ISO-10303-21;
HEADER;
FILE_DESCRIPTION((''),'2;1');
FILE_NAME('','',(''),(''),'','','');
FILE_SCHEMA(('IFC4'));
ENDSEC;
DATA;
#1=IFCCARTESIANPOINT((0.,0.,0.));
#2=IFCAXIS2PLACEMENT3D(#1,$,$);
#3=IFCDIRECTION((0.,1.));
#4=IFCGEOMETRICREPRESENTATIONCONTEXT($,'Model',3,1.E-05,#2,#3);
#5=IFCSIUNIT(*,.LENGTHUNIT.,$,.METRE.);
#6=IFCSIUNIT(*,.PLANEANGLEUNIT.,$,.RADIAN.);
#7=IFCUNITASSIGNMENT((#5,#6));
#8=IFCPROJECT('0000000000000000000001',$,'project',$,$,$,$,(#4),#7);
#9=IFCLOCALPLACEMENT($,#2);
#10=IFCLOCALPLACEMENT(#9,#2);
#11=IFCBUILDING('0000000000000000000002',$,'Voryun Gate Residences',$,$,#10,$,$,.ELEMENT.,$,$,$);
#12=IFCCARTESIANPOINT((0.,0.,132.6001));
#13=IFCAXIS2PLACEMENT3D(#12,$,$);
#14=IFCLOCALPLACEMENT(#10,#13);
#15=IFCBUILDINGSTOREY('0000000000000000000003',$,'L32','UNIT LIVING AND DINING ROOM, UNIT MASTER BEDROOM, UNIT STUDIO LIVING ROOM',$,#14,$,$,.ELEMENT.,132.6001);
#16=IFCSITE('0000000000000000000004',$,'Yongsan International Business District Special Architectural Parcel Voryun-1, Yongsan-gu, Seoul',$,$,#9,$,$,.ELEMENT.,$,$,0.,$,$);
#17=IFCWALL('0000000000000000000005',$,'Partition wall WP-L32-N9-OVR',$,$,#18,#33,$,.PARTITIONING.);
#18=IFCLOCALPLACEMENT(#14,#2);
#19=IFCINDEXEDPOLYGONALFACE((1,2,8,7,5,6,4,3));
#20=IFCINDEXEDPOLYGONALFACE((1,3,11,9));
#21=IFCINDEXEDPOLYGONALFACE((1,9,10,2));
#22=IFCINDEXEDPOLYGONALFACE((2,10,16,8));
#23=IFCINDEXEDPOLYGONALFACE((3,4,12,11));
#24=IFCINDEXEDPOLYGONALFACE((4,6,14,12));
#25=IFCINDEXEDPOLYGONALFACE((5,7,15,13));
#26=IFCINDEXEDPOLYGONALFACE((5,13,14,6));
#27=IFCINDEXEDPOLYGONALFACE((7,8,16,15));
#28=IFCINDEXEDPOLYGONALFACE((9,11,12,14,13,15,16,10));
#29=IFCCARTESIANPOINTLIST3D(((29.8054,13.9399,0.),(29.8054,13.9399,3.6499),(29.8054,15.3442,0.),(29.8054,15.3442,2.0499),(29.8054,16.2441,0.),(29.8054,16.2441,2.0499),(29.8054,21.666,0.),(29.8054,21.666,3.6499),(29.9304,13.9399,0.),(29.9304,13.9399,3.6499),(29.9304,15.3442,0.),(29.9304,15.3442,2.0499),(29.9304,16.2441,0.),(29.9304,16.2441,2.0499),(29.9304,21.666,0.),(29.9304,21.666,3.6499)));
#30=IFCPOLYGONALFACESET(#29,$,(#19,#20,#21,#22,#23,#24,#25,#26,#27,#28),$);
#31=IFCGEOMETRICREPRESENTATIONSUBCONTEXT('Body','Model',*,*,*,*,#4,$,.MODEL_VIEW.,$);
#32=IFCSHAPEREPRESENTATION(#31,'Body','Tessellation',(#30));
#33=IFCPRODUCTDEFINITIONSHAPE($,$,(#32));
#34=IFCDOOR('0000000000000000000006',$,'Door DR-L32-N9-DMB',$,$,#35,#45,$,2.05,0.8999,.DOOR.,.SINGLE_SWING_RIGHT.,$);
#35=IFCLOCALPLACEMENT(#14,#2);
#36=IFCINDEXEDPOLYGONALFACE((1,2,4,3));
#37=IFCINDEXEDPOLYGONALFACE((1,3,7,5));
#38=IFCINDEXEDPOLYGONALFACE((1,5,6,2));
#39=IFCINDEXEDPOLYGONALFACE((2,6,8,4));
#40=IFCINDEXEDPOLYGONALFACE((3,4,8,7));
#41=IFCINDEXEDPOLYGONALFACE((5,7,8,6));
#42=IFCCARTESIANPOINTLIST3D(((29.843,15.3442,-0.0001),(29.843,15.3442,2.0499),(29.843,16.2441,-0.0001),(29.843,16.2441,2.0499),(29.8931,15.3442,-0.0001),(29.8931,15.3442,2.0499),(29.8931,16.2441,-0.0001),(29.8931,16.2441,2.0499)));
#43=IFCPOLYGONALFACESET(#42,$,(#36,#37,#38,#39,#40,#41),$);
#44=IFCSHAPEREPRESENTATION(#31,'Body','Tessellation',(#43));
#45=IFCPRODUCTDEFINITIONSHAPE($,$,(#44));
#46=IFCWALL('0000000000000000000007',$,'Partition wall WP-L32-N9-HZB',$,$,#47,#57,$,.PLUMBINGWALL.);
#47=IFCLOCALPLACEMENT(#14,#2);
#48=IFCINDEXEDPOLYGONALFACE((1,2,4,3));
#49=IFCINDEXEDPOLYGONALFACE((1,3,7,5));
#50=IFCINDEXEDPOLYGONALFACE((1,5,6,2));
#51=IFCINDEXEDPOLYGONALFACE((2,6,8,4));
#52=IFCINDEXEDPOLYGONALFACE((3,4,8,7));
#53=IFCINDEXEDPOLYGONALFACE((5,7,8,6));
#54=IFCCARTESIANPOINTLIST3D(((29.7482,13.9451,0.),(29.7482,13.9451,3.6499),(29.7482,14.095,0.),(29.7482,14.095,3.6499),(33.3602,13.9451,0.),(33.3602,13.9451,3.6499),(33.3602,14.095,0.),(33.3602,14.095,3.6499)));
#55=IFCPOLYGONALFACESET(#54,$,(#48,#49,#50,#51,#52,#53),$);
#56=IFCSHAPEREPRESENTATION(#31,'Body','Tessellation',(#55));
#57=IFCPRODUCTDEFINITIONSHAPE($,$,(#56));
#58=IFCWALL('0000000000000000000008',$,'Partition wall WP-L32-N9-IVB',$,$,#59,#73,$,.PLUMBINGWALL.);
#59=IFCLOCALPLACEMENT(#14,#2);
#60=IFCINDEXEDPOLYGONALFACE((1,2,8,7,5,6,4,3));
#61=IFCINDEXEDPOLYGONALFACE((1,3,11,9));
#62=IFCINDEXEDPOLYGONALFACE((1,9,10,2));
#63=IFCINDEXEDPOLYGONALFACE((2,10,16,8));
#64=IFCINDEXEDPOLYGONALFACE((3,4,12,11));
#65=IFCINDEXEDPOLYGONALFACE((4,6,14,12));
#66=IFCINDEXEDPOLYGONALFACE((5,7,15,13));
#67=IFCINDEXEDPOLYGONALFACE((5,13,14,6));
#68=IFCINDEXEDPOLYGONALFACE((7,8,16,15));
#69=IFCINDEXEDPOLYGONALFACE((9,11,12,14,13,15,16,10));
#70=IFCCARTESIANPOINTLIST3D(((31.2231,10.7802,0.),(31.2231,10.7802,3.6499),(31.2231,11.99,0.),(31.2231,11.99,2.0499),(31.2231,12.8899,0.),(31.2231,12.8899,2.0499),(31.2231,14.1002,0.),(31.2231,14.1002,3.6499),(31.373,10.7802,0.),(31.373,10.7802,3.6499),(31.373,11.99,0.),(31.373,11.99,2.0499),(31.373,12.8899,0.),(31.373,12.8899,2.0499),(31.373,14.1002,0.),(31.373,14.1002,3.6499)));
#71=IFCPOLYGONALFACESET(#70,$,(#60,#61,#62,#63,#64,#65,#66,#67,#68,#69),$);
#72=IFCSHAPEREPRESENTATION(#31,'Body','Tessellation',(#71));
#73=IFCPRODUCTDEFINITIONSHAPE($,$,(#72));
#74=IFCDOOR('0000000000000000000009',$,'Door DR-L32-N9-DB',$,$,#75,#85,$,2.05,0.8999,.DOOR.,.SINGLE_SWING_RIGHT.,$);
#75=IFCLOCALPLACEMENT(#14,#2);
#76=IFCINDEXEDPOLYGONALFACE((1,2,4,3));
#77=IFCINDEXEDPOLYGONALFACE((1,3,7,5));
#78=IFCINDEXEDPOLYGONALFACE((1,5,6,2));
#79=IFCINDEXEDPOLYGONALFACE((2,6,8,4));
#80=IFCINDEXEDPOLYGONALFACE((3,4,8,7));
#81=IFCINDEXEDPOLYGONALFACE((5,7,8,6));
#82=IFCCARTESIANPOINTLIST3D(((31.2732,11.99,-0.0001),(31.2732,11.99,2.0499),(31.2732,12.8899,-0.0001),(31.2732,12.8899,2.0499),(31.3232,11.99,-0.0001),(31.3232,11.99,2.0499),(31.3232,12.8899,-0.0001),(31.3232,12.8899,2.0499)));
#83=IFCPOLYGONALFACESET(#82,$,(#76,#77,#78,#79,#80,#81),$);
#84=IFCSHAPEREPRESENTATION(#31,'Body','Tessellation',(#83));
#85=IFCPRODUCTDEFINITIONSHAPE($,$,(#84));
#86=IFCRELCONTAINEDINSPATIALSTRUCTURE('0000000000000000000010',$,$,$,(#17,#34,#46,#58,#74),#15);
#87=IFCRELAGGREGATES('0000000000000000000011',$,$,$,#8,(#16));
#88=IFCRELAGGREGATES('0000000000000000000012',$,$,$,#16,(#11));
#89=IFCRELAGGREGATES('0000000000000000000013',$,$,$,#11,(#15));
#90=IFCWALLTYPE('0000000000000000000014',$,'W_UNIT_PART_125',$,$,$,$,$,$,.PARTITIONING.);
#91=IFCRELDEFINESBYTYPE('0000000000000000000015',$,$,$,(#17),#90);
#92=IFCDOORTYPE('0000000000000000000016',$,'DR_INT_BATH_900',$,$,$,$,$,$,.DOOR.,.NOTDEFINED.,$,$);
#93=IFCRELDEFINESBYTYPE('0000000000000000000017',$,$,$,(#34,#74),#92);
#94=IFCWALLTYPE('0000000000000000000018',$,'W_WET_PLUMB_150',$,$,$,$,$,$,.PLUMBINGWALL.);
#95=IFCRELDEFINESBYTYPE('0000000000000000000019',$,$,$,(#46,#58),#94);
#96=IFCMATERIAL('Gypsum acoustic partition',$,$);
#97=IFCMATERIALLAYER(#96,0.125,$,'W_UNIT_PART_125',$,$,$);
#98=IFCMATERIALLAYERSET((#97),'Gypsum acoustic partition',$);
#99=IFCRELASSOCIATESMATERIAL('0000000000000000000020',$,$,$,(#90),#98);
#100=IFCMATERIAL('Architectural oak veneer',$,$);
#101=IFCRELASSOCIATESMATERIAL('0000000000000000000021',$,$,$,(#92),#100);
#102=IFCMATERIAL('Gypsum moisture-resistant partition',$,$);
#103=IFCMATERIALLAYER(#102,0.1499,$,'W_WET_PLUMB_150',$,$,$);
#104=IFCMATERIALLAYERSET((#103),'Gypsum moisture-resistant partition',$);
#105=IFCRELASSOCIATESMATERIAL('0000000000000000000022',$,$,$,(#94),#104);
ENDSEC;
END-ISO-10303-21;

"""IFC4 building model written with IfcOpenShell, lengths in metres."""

from ifc_helpers import new_model, si_unit, direction, frame, frame_2d, origin, place, context, subcontext, project, spatial, rectangle, extrude, material, layer, layer_set, type_object, element, fill, save


model = new_model("IFC4")

# Units and contexts
model_context = context("Model", 3, precision=1e-05, world=origin(), true_north=direction((0.0, 1.0)))
body_context = subcontext(model_context, "Body", "Model", "MODEL_VIEW")
ifc_project = project(units=[si_unit("LENGTHUNIT", "METRE"), si_unit("PLANEANGLEUNIT", "RADIAN")], contexts=[model_context])

# Site, building, storey
site_placement = place(None, origin())
site = spatial("IfcSite", under=ifc_project, at=site_placement, Name="Yongsan International Business District Special Architectural Parcel Voryun-1, Yongsan-gu, Seoul", CompositionType="ELEMENT", RefElevation=0.0)
building_placement = place(site_placement, origin())
building = spatial("IfcBuilding", under=site, at=building_placement, Name="Voryun Gate Residences", CompositionType="ELEMENT")
storey_placement = place(building_placement, frame((0.0, 0.0, 132.6001)))
storey = spatial("IfcBuildingStorey", under=building, at=storey_placement, Name="L32", Description="UNIT LIVING AND DINING ROOM, UNIT MASTER BEDROOM, UNIT STUDIO LIVING ROOM", CompositionType="ELEMENT", Elevation=132.6001)

# Wall, opening, door
ifc_material_1 = material(Name="Gypsum acoustic partition")
ifc_layer_1 = layer(ifc_material_1, 0.125, Name="W_UNIT_PART_125")
ifc_layer_set_1 = layer_set([ifc_layer_1], Name="Gypsum acoustic partition")
wall_type_1 = type_object("IfcWallType", Name="W_UNIT_PART_125", PredefinedType="PARTITIONING", material=ifc_layer_set_1)
wall_1_placement = place(storey_placement, frame((29.8679, 13.9399, 0.0), z_axis=(0.0, 0.0, 1.0), x_axis=(0.0, 1.0, 0.0)))
wall_1 = element("IfcWall", 1, at=wall_1_placement, inside=storey, type_object=wall_type_1, Name="Partition wall WP-L32-N9-OVR", PredefinedType="PARTITIONING", context=body_context, shape_type="SweptSolid", body=[
    extrude(rectangle(XDim=7.7261, YDim=0.125, at=frame_2d((3.863, 0.0))), origin(), (0.0, 0.0, 1.0), 3.6499),
])
opening_1_placement = place(wall_1_placement, frame((1.4043, 0.0, 0.0)))
opening_1 = element("IfcOpeningElement", 2, at=opening_1_placement, cuts=wall_1, PredefinedType="OPENING", context=body_context, shape_type="SweptSolid", body=[
    extrude(rectangle(XDim=0.8999, YDim=2.05, at=frame_2d((0.45, 1.0249))), frame((0.0, 0.0725, 0.0), z_axis=(0.0, -1.0, 0.0), x_axis=(1.0, 0.0, 0.0)), (0.0, 0.0, 1.0), 0.145),
])
ifc_material_2 = material(Name="Architectural oak veneer")
door_type = type_object("IfcDoorType", Name="DR_INT_BATH_900", OperationType="NOTDEFINED", PredefinedType="DOOR", material=ifc_material_2)
door_1_placement = place(opening_1_placement, origin())
door_1 = element("IfcDoor", 3, at=door_1_placement, inside=storey, type_object=door_type, Name="Door DR-L32-N9-DMB", OperationType="SINGLE_SWING_RIGHT", OverallHeight=2.05, OverallWidth=0.8999, PredefinedType="DOOR", context=body_context, shape_type="SweptSolid", body=[
    extrude(rectangle(XDim=0.8999, YDim=2.05, at=frame_2d((0.45, 1.0249))), frame((0.0, 0.0249, 0.0), z_axis=(0.0, -1.0, 0.0), x_axis=(1.0, 0.0, 0.0)), (0.0, 0.0, 1.0), 0.05),
])
fill(opening_1, door_1)

# Wall
ifc_material_3 = material(Name="Gypsum moisture-resistant partition")
ifc_layer_2 = layer(ifc_material_3, 0.1499, Name="W_WET_PLUMB_150")
ifc_layer_set_2 = layer_set([ifc_layer_2], Name="Gypsum moisture-resistant partition")
wall_type_2 = type_object("IfcWallType", Name="W_WET_PLUMB_150", PredefinedType="PLUMBINGWALL", material=ifc_layer_set_2)
wall_2_placement = place(storey_placement, frame((29.748, 14.02, 0.0), z_axis=(0.0, 0.0, 1.0), x_axis=(1.0, 0.0, 0.0)))
element("IfcWall", 4, at=wall_2_placement, inside=storey, type_object=wall_type_2, Name="Partition wall WP-L32-N9-HZB", PredefinedType="PLUMBINGWALL", context=body_context, shape_type="SweptSolid", body=[
    extrude(rectangle(XDim=3.6121, YDim=0.1499, at=frame_2d((1.8062, 0.0))), origin(), (0.0, 0.0, 1.0), 3.6499),
])

# Wall, opening, door
wall_3_placement = place(storey_placement, frame((31.2981, 10.78, 0.0), z_axis=(0.0, 0.0, 1.0), x_axis=(0.0, 1.0, 0.0)))
wall_3 = element("IfcWall", 5, at=wall_3_placement, inside=storey, type_object=wall_type_2, Name="Partition wall WP-L32-N9-IVB", PredefinedType="PLUMBINGWALL", context=body_context, shape_type="SweptSolid", body=[
    extrude(rectangle(XDim=3.3201, YDim=0.1499, at=frame_2d((1.6602, 0.0))), origin(), (0.0, 0.0, 1.0), 3.6499),
])
opening_2_placement = place(wall_3_placement, frame((1.21, 0.0, 0.0)))
opening_2 = element("IfcOpeningElement", 6, at=opening_2_placement, cuts=wall_3, PredefinedType="OPENING", context=body_context, shape_type="SweptSolid", body=[
    extrude(rectangle(XDim=0.8999, YDim=2.05, at=frame_2d((0.45, 1.0249))), frame((0.0, 0.085, 0.0), z_axis=(0.0, -1.0, 0.0), x_axis=(1.0, 0.0, 0.0)), (0.0, 0.0, 1.0), 0.1699),
])
door_2_placement = place(opening_2_placement, origin())
door_2 = element("IfcDoor", 7, at=door_2_placement, inside=storey, type_object=door_type, Name="Door DR-L32-N9-DB", OperationType="SINGLE_SWING_RIGHT", OverallHeight=2.05, OverallWidth=0.8999, PredefinedType="DOOR", context=body_context, shape_type="SweptSolid", body=[
    extrude(rectangle(XDim=0.8999, YDim=2.05, at=frame_2d((0.45, 1.0249))), frame((0.0, 0.0249, 0.0), z_axis=(0.0, -1.0, 0.0), x_axis=(1.0, 0.0, 0.0)), (0.0, 0.0, 1.0), 0.05),
])
fill(opening_2, door_2)

save(model, "model.ifc")
